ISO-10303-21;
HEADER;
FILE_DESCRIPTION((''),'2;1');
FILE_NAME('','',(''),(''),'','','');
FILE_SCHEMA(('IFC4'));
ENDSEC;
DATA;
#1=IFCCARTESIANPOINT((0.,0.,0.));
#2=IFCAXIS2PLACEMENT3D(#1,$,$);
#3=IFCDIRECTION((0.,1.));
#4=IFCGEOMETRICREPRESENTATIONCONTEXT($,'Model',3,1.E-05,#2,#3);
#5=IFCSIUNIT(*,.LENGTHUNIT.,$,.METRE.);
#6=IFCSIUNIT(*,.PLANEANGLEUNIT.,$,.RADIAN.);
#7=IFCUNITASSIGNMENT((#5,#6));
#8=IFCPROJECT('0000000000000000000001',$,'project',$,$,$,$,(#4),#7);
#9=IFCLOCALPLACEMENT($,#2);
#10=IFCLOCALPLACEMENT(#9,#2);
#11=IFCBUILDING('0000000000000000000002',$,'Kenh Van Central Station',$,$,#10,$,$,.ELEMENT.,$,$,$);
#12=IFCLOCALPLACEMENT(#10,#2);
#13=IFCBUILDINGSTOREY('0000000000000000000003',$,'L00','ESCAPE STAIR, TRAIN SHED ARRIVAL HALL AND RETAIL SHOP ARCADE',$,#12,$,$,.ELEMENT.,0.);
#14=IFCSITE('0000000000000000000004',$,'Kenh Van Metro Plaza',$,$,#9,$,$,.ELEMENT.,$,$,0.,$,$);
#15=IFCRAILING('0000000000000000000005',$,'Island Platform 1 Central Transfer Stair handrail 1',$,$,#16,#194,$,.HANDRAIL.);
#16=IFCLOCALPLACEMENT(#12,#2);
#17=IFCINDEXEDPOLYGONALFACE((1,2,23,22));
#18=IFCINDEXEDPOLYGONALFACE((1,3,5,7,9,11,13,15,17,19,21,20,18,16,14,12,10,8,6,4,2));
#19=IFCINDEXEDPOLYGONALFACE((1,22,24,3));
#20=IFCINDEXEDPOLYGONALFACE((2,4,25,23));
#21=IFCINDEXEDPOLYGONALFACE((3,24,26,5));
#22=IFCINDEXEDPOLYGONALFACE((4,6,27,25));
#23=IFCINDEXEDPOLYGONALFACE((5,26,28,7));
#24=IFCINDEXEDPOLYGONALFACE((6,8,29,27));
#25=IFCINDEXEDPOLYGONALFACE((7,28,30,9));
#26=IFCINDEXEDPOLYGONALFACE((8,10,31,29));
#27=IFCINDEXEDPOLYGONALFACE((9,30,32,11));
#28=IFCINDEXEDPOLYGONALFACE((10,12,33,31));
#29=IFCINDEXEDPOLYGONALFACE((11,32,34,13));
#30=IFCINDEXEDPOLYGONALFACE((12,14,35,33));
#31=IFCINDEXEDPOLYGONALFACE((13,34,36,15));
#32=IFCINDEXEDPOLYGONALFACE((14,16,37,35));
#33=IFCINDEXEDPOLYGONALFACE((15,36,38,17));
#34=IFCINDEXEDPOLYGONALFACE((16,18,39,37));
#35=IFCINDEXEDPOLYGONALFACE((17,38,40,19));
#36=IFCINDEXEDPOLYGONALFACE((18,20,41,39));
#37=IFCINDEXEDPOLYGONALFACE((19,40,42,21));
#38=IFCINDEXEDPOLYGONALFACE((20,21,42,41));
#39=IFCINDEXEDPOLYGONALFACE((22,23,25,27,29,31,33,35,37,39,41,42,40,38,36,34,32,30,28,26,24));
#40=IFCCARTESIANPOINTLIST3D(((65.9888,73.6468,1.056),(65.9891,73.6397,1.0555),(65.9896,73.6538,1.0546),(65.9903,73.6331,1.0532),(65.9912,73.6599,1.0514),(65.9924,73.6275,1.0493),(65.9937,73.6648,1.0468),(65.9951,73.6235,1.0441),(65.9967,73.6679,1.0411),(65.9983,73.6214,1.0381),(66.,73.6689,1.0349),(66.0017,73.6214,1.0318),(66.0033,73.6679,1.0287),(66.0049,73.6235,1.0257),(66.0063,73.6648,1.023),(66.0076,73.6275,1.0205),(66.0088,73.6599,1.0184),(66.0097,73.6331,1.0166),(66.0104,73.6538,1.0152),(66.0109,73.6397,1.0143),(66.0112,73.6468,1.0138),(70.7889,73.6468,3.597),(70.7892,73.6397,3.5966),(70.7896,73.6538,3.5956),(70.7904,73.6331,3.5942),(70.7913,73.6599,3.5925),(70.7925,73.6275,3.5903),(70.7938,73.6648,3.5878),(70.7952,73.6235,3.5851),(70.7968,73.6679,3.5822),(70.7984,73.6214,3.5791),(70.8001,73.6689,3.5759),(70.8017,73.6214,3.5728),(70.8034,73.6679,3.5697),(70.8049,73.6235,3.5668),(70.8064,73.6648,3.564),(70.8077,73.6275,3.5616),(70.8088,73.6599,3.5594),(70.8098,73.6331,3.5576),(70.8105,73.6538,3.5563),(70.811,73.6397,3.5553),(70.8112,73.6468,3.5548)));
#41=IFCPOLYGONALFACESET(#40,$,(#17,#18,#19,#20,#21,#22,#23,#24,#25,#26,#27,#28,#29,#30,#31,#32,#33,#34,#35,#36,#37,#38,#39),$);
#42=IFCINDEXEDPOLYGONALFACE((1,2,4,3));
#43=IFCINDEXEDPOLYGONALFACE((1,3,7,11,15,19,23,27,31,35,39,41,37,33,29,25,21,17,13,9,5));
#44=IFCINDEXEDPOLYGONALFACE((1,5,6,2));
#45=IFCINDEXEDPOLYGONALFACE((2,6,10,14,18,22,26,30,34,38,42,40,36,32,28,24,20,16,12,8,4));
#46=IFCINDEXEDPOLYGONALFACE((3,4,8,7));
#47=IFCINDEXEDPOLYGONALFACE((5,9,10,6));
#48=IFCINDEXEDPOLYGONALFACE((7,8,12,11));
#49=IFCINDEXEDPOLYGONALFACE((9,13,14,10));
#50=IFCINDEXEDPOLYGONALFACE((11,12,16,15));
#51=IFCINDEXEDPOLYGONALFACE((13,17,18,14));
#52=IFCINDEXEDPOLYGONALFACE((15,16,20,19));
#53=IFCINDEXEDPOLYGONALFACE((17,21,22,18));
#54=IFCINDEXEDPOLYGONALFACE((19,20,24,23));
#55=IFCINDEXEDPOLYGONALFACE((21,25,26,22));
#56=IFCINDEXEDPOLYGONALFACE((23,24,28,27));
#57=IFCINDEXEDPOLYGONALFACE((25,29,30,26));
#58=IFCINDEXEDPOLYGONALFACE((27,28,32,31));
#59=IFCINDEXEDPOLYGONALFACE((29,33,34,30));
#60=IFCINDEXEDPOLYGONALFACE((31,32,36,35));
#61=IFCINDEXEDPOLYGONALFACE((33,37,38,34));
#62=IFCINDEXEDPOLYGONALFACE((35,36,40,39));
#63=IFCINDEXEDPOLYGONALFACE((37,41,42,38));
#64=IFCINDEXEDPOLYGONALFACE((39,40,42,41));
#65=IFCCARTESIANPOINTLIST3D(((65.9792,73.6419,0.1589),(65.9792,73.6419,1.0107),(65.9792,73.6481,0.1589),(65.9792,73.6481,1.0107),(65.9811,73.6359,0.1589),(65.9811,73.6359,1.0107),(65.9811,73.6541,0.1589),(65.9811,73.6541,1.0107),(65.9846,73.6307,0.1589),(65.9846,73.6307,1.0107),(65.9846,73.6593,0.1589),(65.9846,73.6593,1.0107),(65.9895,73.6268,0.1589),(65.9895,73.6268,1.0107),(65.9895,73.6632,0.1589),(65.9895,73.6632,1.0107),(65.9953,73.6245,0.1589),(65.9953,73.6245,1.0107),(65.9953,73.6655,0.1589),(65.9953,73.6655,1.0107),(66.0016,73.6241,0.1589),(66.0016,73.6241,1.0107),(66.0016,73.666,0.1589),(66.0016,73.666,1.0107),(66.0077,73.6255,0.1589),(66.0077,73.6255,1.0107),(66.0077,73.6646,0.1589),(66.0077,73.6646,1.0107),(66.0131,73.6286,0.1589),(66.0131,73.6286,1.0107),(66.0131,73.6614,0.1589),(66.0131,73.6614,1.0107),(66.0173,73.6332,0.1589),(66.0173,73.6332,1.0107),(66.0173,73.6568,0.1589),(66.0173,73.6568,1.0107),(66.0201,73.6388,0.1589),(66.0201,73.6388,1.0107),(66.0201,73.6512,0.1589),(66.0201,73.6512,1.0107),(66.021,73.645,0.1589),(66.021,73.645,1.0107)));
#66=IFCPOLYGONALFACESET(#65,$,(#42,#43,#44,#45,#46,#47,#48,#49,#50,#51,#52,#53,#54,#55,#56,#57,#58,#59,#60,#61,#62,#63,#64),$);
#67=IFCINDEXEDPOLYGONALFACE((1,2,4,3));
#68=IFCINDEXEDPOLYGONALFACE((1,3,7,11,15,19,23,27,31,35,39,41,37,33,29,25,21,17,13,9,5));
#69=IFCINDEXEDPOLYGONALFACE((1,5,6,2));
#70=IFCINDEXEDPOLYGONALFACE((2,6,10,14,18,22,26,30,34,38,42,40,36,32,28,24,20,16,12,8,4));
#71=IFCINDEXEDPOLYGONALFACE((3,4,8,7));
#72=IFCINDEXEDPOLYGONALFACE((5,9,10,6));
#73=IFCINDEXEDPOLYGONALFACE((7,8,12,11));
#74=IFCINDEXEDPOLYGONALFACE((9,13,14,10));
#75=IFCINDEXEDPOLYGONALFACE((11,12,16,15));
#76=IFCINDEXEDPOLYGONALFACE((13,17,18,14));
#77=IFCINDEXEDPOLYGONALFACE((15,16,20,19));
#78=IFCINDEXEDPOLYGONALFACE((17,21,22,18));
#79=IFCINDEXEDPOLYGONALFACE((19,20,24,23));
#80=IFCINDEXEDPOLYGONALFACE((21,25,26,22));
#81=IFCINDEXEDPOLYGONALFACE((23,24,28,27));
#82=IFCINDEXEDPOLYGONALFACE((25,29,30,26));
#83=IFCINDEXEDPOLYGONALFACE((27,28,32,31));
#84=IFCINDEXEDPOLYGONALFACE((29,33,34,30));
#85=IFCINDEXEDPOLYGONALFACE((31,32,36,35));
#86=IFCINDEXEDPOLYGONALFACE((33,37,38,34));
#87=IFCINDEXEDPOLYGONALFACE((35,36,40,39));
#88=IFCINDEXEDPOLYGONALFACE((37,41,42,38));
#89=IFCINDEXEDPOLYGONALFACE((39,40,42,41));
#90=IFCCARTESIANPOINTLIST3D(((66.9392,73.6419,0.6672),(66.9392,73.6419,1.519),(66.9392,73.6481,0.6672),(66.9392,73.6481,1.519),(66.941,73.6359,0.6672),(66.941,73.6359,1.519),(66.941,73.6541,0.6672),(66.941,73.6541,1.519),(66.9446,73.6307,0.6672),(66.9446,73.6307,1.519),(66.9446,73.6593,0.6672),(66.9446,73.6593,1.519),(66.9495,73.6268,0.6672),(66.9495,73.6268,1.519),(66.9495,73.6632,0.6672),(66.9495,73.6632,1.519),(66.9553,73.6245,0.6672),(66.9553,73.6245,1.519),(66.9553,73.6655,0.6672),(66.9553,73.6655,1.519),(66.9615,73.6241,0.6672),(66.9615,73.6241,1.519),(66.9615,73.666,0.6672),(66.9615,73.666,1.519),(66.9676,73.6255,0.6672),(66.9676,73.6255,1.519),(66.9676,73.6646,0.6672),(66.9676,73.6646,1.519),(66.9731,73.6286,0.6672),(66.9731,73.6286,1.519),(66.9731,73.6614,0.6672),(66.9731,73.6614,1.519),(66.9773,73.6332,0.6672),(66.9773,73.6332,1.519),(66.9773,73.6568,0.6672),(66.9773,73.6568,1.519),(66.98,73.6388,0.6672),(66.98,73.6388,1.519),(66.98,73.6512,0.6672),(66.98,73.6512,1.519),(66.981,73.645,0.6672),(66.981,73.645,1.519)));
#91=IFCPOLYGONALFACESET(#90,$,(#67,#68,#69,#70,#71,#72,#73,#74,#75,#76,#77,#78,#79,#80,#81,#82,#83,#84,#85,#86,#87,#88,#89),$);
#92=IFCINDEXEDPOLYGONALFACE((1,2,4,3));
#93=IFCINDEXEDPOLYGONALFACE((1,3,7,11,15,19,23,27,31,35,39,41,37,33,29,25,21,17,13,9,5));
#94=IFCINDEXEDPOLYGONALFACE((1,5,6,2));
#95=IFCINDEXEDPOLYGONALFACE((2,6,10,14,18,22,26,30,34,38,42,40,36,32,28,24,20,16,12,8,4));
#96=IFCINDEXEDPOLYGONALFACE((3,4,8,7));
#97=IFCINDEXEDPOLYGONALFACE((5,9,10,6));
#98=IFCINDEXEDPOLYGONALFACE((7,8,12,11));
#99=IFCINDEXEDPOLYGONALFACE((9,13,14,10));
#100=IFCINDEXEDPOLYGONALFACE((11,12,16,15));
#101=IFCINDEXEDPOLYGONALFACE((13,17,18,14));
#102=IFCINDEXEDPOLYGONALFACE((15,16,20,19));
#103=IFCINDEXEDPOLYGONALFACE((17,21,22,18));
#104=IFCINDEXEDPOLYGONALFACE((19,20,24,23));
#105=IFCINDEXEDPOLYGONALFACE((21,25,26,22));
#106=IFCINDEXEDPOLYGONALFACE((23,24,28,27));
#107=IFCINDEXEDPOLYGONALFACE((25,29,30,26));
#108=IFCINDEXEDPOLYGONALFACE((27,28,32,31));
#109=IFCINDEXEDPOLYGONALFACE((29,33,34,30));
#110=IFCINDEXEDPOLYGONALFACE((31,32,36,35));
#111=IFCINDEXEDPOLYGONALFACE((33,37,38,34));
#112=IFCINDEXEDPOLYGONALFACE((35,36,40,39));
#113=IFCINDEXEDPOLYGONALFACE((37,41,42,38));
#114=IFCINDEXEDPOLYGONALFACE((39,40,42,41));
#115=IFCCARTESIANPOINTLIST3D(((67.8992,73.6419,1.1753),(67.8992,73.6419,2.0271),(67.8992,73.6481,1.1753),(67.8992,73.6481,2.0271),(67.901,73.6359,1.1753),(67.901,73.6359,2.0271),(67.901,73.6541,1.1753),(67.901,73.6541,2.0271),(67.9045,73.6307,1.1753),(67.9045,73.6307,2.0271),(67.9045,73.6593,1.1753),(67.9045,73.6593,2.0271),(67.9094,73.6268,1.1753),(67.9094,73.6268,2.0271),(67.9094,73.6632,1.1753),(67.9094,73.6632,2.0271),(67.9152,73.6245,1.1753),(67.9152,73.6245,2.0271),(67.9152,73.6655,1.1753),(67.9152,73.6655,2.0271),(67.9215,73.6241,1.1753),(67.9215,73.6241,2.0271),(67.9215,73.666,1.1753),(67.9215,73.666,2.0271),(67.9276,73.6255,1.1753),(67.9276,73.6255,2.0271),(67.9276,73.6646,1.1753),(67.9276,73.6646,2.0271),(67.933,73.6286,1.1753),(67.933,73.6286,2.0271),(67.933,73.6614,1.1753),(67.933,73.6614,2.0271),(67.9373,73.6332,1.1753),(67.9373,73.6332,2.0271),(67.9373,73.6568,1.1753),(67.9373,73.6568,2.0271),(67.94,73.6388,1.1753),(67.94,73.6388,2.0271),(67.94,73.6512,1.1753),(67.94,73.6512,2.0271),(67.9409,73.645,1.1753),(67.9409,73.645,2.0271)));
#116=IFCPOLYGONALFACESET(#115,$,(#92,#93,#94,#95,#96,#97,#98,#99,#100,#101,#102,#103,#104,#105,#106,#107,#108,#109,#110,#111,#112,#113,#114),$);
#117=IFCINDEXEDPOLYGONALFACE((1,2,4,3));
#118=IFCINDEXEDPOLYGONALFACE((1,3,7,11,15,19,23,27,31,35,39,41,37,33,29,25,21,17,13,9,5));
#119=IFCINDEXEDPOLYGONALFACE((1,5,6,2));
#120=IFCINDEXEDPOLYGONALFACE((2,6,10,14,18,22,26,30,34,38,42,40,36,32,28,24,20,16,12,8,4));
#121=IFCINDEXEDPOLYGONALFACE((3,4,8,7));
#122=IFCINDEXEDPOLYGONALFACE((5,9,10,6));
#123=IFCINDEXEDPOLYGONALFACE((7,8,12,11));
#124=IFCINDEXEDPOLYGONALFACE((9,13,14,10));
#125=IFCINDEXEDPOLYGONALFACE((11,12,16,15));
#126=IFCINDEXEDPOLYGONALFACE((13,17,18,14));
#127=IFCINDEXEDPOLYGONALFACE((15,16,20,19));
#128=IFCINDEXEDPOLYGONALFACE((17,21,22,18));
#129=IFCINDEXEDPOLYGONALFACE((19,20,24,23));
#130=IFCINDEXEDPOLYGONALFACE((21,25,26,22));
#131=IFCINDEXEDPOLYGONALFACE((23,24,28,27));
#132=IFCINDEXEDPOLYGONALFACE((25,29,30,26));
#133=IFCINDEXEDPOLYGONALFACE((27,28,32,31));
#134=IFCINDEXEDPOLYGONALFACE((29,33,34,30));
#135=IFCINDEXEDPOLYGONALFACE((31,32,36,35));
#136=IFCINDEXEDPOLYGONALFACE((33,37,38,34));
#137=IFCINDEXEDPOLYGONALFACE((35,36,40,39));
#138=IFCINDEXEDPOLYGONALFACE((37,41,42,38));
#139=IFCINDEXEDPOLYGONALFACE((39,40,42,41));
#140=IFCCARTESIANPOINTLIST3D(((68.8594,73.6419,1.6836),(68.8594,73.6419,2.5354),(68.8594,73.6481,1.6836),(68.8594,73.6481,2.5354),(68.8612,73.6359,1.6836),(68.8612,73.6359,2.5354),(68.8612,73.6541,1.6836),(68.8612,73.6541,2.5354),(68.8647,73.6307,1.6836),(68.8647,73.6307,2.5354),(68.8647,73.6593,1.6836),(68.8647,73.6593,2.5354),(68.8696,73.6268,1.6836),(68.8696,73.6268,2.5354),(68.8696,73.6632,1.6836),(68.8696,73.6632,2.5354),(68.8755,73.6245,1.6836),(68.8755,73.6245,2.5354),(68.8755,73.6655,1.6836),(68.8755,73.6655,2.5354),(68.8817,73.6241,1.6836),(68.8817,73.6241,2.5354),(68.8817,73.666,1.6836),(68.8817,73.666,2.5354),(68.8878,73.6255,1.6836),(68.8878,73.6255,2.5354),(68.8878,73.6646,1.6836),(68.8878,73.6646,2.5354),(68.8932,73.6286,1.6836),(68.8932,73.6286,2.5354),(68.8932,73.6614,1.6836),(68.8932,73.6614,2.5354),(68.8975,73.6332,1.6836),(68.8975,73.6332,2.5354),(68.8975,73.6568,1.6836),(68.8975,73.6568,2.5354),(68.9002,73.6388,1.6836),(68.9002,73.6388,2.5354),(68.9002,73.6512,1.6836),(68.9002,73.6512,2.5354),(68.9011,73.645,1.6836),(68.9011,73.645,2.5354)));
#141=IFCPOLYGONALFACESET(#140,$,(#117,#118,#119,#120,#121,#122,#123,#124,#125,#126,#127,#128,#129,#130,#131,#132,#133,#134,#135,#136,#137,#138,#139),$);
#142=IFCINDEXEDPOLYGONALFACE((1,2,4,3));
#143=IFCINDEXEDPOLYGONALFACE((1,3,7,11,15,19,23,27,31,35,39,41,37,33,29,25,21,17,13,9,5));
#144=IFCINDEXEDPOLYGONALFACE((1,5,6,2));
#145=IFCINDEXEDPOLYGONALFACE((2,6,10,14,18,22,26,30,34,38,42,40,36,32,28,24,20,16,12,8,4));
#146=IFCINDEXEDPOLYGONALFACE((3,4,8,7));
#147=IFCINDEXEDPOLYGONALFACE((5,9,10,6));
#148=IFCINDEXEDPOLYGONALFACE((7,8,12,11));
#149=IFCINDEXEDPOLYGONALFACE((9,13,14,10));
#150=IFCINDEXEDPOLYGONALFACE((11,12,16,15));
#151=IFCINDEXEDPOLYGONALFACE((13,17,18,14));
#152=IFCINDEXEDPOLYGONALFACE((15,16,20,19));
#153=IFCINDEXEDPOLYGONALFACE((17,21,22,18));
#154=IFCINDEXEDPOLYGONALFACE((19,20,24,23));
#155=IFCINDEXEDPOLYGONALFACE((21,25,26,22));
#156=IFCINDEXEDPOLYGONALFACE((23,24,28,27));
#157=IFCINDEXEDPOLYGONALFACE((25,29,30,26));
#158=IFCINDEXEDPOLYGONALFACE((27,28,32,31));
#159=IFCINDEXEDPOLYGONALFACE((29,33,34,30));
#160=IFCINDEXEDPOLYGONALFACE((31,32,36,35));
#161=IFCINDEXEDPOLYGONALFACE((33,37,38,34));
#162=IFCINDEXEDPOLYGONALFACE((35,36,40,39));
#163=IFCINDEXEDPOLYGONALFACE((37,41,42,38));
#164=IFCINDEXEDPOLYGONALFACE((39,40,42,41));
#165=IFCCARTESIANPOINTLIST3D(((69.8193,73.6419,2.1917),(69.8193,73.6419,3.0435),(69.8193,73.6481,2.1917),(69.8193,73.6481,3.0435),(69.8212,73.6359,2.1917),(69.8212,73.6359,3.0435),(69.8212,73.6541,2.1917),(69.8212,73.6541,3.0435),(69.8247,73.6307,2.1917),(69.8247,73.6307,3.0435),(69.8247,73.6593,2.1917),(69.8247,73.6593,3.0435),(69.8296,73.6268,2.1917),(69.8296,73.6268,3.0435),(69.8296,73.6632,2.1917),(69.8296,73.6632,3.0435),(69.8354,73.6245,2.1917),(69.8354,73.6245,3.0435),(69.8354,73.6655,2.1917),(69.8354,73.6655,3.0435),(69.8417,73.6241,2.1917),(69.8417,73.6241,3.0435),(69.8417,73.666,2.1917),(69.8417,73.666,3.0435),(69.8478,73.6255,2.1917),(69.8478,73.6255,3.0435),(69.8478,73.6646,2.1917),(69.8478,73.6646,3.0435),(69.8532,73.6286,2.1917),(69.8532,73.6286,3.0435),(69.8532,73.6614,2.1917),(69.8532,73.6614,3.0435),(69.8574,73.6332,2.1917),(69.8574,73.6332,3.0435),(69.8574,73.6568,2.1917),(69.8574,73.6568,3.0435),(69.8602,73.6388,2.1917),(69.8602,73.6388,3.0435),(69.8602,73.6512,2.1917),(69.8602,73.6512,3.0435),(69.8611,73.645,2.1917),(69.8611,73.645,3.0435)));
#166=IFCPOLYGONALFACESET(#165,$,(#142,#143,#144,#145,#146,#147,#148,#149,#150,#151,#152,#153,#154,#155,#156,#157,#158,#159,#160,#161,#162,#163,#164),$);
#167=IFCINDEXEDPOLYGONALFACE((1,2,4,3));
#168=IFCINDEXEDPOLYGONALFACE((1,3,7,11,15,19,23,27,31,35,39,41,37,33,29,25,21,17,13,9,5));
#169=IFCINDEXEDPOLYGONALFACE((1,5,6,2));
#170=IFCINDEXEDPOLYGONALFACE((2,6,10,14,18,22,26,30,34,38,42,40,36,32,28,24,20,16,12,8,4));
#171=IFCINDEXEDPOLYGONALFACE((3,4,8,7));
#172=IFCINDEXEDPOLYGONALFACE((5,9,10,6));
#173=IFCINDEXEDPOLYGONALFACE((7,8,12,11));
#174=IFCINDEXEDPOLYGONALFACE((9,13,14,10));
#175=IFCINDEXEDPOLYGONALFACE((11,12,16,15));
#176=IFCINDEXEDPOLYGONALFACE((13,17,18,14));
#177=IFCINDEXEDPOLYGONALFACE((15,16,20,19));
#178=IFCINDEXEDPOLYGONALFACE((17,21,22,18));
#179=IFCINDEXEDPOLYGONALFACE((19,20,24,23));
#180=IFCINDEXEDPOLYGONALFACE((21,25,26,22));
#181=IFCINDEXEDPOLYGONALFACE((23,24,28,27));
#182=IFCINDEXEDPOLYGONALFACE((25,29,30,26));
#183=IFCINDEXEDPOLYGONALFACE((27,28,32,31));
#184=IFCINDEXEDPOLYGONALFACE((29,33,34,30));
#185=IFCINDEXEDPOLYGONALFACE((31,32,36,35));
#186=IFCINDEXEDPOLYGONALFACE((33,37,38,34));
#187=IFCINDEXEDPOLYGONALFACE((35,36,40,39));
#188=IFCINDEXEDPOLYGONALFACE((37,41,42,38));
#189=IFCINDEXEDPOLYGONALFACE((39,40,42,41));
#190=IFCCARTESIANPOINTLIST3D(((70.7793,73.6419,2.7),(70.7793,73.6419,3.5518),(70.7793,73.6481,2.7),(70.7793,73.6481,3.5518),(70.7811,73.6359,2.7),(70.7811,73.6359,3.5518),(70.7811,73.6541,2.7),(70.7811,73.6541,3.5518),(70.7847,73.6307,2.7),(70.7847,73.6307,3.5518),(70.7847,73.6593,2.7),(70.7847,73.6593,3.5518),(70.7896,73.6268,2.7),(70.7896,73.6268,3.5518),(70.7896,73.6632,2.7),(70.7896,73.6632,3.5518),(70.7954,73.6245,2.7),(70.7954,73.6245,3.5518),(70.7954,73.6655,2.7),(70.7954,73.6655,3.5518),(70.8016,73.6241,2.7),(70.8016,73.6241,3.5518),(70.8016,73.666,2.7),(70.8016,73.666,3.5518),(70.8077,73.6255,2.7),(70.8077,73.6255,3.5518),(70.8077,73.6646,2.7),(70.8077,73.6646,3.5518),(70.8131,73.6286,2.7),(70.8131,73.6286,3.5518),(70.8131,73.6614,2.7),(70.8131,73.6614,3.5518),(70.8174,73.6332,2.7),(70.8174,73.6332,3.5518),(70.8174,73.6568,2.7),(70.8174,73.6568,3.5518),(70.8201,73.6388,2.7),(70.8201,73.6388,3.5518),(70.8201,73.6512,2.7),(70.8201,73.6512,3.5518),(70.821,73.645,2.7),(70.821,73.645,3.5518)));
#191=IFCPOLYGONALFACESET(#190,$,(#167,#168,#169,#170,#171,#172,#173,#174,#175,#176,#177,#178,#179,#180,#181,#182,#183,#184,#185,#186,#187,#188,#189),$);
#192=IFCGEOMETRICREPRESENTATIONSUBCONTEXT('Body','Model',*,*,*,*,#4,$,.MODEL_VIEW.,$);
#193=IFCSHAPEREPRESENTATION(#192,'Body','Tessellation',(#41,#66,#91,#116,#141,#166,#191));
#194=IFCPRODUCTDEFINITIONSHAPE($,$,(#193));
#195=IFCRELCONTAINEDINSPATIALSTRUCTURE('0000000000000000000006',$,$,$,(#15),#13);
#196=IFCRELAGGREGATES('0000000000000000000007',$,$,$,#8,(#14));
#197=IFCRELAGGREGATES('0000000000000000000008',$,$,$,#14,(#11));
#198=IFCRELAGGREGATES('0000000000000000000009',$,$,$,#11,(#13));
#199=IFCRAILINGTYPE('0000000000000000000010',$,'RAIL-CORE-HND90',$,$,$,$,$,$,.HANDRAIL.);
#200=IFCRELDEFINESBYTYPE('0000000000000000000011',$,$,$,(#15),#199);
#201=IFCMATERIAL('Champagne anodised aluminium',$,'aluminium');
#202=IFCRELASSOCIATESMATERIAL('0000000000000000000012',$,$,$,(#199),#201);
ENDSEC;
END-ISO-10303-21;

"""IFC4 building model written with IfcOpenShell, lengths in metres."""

from ifc_helpers import new_model, si_unit, direction, frame, origin, origin_2d, place, context, subcontext, project, spatial, circle, extrude, material, type_object, element, save


model = new_model("IFC4")

# Units and contexts
model_context = context("Model", 3, precision=1e-05, world=origin(), true_north=direction((0.0, 1.0)))
body_context = subcontext(model_context, "Body", "Model", "MODEL_VIEW")
ifc_project = project(units=[si_unit("LENGTHUNIT", "METRE"), si_unit("PLANEANGLEUNIT", "RADIAN")], contexts=[model_context])

# Site, building, storey
site_placement = place(None, origin())
site = spatial("IfcSite", under=ifc_project, at=site_placement, Name="Kenh Van Metro Plaza", CompositionType="ELEMENT", RefElevation=0.0)
building_placement = place(site_placement, origin())
building = spatial("IfcBuilding", under=site, at=building_placement, Name="Kenh Van Central Station", CompositionType="ELEMENT")
storey_placement = place(building_placement, origin())
storey = spatial("IfcBuildingStorey", under=building, at=storey_placement, Name="L00", Description="ESCAPE STAIR, TRAIN SHED ARRIVAL HALL AND RETAIL SHOP ARCADE", CompositionType="ELEMENT", Elevation=0.0)

# Railing
ifc_material_1 = material(Name="Champagne anodised aluminium", Category="aluminium")
railing_type_1 = type_object("IfcRailingType", Name="RAIL-CORE-HND90", PredefinedType="HANDRAIL", material=ifc_material_1)
for number, where, name in (
    (1, (66.0, 73.645, 0.1589), "Island Platform 1 Central Transfer Stair handrail 1"),
):
    element("IfcRailing", number, at=place(storey_placement, frame(where)), inside=storey, type_object=railing_type_1, Name=name, PredefinedType="HANDRAIL", context=body_context, shape_type="SweptSolid", body=[
        extrude(circle(Radius=0.0239, at=origin_2d()), frame((0.0, 0.0, 0.876), z_axis=(0.883802, 0.0, 0.467861), x_axis=(0.0, 1.0, 0.0)), (0.0, 0.0, 1.0), 5.4312),
        extrude(circle(Radius=0.021, at=origin_2d()), origin(), (0.0, 0.0, 1.0), 0.8518),
        extrude(circle(Radius=0.021, at=origin_2d()), frame((0.96, 0.0, 0.5083)), (0.0, 0.0, 1.0), 0.8518),
        extrude(circle(Radius=0.021, at=origin_2d()), frame((1.9199, 0.0, 1.0164)), (0.0, 0.0, 1.0), 0.8518),
        extrude(circle(Radius=0.021, at=origin_2d()), frame((2.8801, 0.0, 1.5247)), (0.0, 0.0, 1.0), 0.8518),
        extrude(circle(Radius=0.021, at=origin_2d()), frame((3.8401, 0.0, 2.0327)), (0.0, 0.0, 1.0), 0.8518),
        extrude(circle(Radius=0.021, at=origin_2d()), frame((4.8, 0.0, 2.541)), (0.0, 0.0, 1.0), 0.8518),
    ])

save(model, "model.ifc")
